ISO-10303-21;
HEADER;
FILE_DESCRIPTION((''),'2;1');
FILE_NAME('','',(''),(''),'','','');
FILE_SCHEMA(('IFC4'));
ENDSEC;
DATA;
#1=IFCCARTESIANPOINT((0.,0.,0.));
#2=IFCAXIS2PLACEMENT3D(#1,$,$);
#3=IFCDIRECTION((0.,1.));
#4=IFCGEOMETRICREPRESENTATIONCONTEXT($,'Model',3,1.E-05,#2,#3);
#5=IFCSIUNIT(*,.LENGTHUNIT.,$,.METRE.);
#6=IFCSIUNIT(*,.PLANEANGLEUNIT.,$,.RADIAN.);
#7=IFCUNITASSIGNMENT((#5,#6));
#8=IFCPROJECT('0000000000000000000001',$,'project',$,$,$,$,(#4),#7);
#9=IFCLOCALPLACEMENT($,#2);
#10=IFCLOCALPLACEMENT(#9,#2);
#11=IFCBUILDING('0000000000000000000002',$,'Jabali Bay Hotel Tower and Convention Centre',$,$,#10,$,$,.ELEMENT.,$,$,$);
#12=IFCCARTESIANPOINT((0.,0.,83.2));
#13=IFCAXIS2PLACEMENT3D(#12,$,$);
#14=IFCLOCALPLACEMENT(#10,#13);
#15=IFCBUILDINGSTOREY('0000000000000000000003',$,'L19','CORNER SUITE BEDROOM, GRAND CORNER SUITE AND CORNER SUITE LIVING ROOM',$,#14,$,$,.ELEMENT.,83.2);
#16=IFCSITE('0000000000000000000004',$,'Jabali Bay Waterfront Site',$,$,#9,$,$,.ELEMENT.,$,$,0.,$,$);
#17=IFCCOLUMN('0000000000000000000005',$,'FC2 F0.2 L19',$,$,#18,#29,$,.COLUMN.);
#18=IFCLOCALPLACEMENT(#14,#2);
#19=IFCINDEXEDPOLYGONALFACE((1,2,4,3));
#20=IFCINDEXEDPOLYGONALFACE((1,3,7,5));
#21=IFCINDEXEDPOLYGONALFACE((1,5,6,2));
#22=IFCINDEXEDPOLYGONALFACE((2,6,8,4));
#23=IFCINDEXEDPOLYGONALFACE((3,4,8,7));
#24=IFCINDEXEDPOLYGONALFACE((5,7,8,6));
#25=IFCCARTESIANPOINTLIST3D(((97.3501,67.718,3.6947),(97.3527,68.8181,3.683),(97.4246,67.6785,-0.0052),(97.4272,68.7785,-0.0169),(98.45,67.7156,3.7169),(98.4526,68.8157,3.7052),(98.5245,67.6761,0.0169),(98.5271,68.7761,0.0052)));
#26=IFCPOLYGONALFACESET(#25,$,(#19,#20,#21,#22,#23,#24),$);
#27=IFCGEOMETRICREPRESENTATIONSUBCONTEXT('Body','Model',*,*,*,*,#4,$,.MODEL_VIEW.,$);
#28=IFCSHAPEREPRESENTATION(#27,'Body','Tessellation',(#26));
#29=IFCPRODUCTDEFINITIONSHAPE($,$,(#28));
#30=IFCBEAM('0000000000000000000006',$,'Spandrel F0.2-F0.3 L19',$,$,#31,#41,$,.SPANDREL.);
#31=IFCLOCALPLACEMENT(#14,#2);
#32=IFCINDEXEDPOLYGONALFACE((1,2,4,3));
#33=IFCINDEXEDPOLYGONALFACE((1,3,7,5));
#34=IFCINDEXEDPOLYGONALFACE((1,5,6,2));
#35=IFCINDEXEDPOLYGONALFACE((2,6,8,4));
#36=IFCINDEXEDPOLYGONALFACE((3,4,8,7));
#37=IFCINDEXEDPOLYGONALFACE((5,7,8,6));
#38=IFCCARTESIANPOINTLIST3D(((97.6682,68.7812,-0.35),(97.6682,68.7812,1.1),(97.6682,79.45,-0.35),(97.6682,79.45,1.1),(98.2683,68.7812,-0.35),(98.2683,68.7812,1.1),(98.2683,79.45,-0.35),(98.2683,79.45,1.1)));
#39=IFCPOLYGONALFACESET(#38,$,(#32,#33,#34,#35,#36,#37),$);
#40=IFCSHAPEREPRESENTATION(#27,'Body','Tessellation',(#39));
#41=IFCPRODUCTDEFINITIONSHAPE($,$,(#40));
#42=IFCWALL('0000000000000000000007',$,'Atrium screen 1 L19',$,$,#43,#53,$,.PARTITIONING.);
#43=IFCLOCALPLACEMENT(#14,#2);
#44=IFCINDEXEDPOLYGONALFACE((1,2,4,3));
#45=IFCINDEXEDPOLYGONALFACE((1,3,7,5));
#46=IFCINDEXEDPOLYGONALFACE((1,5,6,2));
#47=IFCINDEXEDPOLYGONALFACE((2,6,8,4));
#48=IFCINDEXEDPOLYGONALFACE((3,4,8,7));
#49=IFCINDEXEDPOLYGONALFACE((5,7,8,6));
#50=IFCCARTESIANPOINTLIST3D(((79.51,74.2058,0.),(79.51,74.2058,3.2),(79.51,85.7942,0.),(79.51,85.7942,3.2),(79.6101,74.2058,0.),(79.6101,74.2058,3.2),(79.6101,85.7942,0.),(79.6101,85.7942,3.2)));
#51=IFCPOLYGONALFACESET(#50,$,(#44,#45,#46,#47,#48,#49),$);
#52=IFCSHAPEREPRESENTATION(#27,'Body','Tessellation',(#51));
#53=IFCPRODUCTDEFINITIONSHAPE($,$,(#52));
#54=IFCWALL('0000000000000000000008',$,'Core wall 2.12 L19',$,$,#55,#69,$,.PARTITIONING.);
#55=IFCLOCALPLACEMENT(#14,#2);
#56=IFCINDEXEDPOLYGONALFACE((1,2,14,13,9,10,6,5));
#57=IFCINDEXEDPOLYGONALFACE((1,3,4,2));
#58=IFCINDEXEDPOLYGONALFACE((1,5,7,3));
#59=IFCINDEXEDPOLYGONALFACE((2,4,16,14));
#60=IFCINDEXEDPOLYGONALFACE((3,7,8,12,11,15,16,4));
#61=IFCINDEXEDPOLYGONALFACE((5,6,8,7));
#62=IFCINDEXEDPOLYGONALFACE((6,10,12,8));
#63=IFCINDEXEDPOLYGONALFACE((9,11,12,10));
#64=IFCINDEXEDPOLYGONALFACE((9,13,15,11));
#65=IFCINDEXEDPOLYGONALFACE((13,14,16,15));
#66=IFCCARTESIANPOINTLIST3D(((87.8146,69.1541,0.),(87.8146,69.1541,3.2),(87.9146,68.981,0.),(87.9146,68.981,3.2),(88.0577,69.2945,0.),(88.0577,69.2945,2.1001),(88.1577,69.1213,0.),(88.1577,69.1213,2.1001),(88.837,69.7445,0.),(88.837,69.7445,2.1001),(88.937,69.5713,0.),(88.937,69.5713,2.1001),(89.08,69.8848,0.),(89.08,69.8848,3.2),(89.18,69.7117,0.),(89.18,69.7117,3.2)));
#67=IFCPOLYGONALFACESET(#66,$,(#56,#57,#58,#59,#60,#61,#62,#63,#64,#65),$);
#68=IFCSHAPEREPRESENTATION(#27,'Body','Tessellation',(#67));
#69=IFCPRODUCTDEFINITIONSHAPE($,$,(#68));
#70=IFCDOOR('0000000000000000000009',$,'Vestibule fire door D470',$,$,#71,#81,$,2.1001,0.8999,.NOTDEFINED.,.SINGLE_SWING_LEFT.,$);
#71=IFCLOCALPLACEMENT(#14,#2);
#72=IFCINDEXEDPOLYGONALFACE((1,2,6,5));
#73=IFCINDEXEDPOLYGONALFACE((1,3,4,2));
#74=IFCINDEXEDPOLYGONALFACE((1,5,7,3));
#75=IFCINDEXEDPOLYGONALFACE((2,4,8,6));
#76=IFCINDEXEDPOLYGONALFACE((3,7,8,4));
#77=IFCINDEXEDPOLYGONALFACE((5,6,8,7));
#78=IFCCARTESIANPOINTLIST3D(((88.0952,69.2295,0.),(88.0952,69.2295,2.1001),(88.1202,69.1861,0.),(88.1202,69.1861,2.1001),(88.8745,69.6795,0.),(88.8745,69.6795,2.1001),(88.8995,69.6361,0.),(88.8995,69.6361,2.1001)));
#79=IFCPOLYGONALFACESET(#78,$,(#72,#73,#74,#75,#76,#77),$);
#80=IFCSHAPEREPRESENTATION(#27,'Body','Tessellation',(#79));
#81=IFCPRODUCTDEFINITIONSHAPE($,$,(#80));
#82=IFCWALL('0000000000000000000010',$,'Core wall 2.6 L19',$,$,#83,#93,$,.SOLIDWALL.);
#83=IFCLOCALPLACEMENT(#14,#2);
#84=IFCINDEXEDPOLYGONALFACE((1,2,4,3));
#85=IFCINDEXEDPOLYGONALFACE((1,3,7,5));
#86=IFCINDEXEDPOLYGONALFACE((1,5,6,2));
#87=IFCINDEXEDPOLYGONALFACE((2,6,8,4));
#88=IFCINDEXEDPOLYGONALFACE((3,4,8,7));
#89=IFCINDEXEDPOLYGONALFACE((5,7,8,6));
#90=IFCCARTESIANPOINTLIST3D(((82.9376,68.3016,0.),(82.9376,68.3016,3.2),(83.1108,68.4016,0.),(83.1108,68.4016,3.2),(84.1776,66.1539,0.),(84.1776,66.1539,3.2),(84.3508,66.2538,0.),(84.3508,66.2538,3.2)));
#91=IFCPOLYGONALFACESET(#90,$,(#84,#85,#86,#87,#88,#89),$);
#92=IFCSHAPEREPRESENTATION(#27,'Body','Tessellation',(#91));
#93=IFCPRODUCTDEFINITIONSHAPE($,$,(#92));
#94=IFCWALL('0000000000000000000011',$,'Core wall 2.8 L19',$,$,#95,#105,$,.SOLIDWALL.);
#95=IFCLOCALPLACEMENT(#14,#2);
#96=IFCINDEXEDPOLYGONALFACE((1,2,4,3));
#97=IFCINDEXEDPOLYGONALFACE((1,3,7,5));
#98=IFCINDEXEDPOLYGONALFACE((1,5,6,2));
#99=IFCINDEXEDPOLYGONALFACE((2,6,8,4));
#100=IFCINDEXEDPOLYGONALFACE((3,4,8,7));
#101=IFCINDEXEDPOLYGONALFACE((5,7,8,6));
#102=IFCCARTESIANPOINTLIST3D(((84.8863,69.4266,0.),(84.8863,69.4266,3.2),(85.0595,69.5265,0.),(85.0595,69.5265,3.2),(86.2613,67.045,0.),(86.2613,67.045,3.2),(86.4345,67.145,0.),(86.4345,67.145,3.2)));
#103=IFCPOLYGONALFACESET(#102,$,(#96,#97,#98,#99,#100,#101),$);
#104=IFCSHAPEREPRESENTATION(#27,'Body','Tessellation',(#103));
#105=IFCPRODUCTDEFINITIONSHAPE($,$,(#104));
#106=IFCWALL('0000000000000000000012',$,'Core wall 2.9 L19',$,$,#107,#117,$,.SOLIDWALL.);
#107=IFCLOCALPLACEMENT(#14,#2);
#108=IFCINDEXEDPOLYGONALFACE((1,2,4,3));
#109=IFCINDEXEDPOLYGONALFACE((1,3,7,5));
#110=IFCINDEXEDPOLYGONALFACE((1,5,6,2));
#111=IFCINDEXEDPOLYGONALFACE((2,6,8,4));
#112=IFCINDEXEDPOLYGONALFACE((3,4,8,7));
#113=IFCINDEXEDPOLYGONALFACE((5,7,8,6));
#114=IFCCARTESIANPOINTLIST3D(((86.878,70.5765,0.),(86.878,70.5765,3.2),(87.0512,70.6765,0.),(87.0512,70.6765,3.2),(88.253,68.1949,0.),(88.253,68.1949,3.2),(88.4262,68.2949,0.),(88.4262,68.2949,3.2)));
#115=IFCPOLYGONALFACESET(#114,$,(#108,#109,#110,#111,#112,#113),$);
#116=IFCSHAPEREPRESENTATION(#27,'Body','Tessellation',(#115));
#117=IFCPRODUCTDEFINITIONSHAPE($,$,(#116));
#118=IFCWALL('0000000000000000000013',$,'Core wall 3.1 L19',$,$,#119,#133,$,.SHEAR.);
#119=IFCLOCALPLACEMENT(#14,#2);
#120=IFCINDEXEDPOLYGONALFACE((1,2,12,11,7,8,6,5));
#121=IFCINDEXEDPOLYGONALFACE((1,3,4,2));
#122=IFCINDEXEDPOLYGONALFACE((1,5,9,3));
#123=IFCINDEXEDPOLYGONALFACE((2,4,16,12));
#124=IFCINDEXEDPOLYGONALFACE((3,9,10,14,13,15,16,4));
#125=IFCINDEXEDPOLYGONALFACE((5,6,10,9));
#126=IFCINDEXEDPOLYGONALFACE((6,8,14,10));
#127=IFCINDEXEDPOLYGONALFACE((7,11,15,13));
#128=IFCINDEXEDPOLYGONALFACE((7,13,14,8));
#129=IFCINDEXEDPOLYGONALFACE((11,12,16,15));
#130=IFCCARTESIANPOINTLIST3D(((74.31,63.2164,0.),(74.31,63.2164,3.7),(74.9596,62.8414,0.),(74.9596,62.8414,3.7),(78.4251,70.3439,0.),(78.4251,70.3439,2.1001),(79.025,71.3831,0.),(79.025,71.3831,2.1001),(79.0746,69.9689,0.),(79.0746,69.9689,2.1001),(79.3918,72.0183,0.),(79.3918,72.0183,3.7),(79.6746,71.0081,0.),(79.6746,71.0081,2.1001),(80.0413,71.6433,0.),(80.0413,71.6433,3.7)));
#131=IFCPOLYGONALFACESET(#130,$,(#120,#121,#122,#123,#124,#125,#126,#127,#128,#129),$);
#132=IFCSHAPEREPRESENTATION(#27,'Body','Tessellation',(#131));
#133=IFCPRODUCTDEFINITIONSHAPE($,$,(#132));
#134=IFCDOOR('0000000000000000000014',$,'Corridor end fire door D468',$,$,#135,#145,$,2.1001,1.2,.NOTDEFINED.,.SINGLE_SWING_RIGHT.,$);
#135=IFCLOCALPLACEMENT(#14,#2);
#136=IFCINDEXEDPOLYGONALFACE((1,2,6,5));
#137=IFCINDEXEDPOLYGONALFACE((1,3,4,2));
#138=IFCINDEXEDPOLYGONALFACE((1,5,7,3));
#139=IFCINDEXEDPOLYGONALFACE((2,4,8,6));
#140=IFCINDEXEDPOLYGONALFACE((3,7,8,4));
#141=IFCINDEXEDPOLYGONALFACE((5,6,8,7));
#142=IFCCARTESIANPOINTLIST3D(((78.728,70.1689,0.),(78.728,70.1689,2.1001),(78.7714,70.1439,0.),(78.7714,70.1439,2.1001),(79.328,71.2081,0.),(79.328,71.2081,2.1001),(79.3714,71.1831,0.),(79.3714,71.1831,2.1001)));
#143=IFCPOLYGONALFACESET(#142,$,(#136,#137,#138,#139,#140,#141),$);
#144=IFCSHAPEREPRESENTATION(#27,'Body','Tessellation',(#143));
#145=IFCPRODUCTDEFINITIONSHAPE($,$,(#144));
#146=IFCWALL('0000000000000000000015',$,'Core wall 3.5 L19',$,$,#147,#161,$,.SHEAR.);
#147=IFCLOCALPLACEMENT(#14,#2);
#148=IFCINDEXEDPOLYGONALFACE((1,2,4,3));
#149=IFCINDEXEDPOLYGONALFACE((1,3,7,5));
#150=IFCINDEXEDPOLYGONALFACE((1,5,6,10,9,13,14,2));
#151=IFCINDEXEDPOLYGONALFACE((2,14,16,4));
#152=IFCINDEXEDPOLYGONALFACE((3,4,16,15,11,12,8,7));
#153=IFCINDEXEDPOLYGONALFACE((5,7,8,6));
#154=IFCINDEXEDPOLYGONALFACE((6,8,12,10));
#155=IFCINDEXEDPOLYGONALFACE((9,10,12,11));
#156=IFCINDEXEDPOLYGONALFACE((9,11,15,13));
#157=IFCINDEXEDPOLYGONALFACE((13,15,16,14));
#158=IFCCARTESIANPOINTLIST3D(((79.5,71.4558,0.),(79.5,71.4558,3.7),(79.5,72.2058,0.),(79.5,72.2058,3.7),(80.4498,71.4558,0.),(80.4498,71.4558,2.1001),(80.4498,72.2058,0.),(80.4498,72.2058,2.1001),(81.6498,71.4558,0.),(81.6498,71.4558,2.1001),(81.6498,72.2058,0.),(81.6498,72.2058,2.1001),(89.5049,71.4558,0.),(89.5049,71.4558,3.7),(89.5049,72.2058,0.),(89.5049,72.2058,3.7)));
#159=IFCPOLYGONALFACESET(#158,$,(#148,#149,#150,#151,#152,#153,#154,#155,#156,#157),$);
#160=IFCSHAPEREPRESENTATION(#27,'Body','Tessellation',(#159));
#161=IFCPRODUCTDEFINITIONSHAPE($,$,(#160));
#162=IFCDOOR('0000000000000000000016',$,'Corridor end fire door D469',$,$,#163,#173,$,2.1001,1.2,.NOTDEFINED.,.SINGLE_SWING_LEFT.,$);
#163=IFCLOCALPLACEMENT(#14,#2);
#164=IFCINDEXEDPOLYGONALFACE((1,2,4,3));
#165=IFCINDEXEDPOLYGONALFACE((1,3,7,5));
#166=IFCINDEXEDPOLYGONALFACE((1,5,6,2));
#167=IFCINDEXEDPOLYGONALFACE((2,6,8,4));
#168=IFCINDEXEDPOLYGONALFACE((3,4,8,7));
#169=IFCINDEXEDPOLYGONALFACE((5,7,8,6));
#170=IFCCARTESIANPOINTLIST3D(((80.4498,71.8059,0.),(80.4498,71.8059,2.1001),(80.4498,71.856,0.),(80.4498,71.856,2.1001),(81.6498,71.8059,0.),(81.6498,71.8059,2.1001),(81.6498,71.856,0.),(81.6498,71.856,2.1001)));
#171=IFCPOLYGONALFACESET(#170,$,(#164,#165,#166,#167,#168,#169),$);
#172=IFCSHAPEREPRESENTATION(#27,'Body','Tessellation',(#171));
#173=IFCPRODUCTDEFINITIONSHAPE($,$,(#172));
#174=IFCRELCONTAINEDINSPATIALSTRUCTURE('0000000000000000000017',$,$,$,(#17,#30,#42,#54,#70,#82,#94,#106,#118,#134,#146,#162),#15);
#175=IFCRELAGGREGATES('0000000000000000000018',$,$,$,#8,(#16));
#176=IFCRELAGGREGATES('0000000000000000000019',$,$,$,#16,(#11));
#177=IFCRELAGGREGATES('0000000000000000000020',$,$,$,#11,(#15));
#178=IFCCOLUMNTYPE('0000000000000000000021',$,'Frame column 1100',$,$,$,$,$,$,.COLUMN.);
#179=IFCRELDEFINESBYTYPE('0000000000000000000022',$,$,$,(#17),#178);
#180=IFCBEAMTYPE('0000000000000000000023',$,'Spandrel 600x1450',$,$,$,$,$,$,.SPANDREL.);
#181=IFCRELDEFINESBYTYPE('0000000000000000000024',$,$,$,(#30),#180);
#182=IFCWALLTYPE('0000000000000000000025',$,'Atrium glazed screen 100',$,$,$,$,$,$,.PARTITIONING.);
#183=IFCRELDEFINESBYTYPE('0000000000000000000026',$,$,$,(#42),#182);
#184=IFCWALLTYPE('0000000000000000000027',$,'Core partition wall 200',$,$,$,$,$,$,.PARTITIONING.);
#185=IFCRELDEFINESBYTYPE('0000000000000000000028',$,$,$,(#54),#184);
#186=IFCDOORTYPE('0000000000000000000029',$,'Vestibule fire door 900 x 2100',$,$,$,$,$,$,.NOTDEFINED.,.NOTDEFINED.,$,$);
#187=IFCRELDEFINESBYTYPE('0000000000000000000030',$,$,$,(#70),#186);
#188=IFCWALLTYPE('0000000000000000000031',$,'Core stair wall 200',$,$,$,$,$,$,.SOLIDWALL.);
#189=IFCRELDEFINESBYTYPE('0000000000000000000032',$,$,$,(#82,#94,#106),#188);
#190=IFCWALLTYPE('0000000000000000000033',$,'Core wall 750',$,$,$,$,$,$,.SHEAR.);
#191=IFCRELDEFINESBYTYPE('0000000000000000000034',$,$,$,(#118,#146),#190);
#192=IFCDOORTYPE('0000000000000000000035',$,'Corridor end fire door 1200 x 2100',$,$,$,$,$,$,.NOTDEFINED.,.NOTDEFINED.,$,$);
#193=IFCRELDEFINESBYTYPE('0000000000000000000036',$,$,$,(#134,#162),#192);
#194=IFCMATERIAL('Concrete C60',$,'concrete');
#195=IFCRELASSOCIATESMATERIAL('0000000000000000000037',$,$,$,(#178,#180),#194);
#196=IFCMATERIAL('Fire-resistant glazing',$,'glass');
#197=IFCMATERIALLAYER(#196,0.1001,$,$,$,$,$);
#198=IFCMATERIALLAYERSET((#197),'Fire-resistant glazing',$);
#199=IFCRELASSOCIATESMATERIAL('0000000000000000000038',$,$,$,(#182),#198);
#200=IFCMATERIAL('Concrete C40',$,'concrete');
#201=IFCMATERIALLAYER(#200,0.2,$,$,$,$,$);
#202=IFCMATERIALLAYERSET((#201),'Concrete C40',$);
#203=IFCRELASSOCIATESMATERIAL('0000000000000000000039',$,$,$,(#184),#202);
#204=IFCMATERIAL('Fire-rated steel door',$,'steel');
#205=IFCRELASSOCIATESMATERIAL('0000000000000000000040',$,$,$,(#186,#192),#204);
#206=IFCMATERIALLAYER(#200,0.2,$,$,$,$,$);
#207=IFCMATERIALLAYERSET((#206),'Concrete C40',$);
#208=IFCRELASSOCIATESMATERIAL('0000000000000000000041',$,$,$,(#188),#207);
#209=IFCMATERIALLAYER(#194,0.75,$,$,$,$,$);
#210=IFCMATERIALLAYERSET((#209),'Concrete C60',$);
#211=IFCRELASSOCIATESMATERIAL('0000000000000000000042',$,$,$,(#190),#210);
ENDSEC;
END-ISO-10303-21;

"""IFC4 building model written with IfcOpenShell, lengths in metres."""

from ifc_helpers import new_model, si_unit, direction, frame, frame_2d, origin, origin_2d, place, context, subcontext, project, spatial, rectangle, extrude, material, layer, layer_set, material_profile, profile_set, type_object, element, fill, save


model = new_model("IFC4")

# Units and contexts
model_context = context("Model", 3, precision=1e-05, world=origin(), true_north=direction((0.0, 1.0)))
body_context = subcontext(model_context, "Body", "Model", "MODEL_VIEW")
ifc_project = project(units=[si_unit("LENGTHUNIT", "METRE"), si_unit("PLANEANGLEUNIT", "RADIAN")], contexts=[model_context])

# Site, building, storey
site_placement = place(None, origin())
site = spatial("IfcSite", under=ifc_project, at=site_placement, Name="Jabali Bay Waterfront Site", CompositionType="ELEMENT", RefElevation=0.0)
building_placement = place(site_placement, origin())
building = spatial("IfcBuilding", under=site, at=building_placement, Name="Jabali Bay Hotel Tower and Convention Centre", CompositionType="ELEMENT")
storey_placement = place(building_placement, frame((0.0, 0.0, 83.2)))
storey = spatial("IfcBuildingStorey", under=building, at=storey_placement, Name="L19", Description="CORNER SUITE BEDROOM, GRAND CORNER SUITE AND CORNER SUITE LIVING ROOM", CompositionType="ELEMENT", Elevation=83.2)

# Column
ifc_material_1 = material(Name="Concrete C60", Category="concrete")
ifc_material_profile_1 = material_profile(ifc_material_1, rectangle(XDim=1.1001, YDim=1.1001, at=origin_2d()), Name="Frame column 1100")
ifc_profile_set_1 = profile_set([ifc_material_profile_1], Name="Concrete C60")
column_type = type_object("IfcColumnType", Name="Frame column 1100", PredefinedType="COLUMN", material=ifc_profile_set_1)
column_placement = place(storey_placement, frame((97.9758, 68.2273, 0.0), z_axis=(-0.02012, 0.010687, 0.99974), x_axis=(-0.002378, -0.999941, 0.010641)))
element("IfcColumn", 1, at=column_placement, inside=storey, type_object=column_type, Name="FC2 F0.2 L19", PredefinedType="COLUMN", context=body_context, shape_type="SweptSolid", body=[
    extrude(rectangle(XDim=1.1001, YDim=1.1001, at=origin_2d()), origin(), (0.0, 0.0, 1.0), 3.7009),
])

# Beam
ifc_material_profile_2 = material_profile(ifc_material_1, rectangle(XDim=0.6001, YDim=1.45, at=origin_2d()), Name="Spandrel 600x1450")
ifc_profile_set_2 = profile_set([ifc_material_profile_2], Name="Concrete C60")
beam_type = type_object("IfcBeamType", Name="Spandrel 600x1450", PredefinedType="SPANDREL", material=ifc_profile_set_2)
beam_placement = place(storey_placement, frame((97.9683, 68.7812, 0.375), z_axis=(0.0, 1.0, 0.0), x_axis=(-1.0, 0.0, 0.0)))
element("IfcBeam", 2, at=beam_placement, inside=storey, type_object=beam_type, Name="Spandrel F0.2-F0.3 L19", PredefinedType="SPANDREL", context=body_context, shape_type="SweptSolid", body=[
    extrude(rectangle(XDim=0.6001, YDim=1.45, at=origin_2d()), origin(), (0.0, 0.0, 1.0), 10.6687),
])

# Wall
ifc_material_2 = material(Name="Fire-resistant glazing", Category="glass")
ifc_layer_1 = layer(ifc_material_2, 0.1001)
ifc_layer_set_1 = layer_set([ifc_layer_1], Name="Fire-resistant glazing")
wall_type_1 = type_object("IfcWallType", Name="Atrium glazed screen 100", PredefinedType="PARTITIONING", material=ifc_layer_set_1)
wall_1_placement = place(storey_placement, frame((79.5601, 74.2058, 0.0), z_axis=(0.0, 0.0, 1.0), x_axis=(0.0, 1.0, 0.0)))
element("IfcWall", 3, at=wall_1_placement, inside=storey, type_object=wall_type_1, Name="Atrium screen 1 L19", PredefinedType="PARTITIONING", context=body_context, shape_type="SweptSolid", body=[
    extrude(rectangle(XDim=11.5884, YDim=0.1001, at=frame_2d((5.7942, 0.0))), origin(), (0.0, 0.0, 1.0), 3.2),
])

# Wall, opening, door
ifc_material_3 = material(Name="Concrete C40", Category="concrete")
ifc_layer_2 = layer(ifc_material_3, 0.2)
ifc_layer_set_2 = layer_set([ifc_layer_2], Name="Concrete C40")
wall_type_2 = type_object("IfcWallType", Name="Core partition wall 200", PredefinedType="PARTITIONING", material=ifc_layer_set_2)
wall_2_placement = place(storey_placement, frame((87.8647, 69.0676, 0.0), z_axis=(0.0, 0.0, 1.0), x_axis=(0.865982, 0.500074, 0.0)))
wall_2 = element("IfcWall", 4, at=wall_2_placement, inside=storey, type_object=wall_type_2, Name="Core wall 2.12 L19", PredefinedType="PARTITIONING", context=body_context, shape_type="SweptSolid", body=[
    extrude(rectangle(XDim=1.4612, YDim=0.2, at=frame_2d((0.7305, 0.0))), origin(), (0.0, 0.0, 1.0), 3.2),
])
opening_1_placement = place(wall_2_placement, frame((0.2805, 0.0, 0.0)))
opening_1 = element("IfcOpeningElement", 5, at=opening_1_placement, cuts=wall_2, PredefinedType="OPENING", context=body_context, shape_type="SweptSolid", body=[
    extrude(rectangle(XDim=0.8999, YDim=2.1001, at=frame_2d((0.45, 1.05))), frame((0.0, 0.1104, 0.0), z_axis=(0.0, -1.0, 0.0), x_axis=(1.0, 0.0, 0.0)), (0.0, 0.0, 1.0), 0.2209),
])
ifc_material_4 = material(Name="Fire-rated steel door", Category="steel")
door_type_1 = type_object("IfcDoorType", Name="Vestibule fire door 900 x 2100", OperationType="NOTDEFINED", PredefinedType="NOTDEFINED", material=ifc_material_4)
door_1_placement = place(opening_1_placement, origin())
door_1 = element("IfcDoor", 6, at=door_1_placement, inside=storey, type_object=door_type_1, Name="Vestibule fire door D470", OperationType="SINGLE_SWING_LEFT", OverallHeight=2.1001, OverallWidth=0.8999, PredefinedType="NOTDEFINED", context=body_context, shape_type="SweptSolid", body=[
    extrude(rectangle(XDim=0.8999, YDim=2.1001, at=frame_2d((0.45, 1.05))), frame((0.0, 0.0249, 0.0), z_axis=(0.0, -1.0, 0.0), x_axis=(1.0, 0.0, 0.0)), (0.0, 0.0, 1.0), 0.05),
])
fill(opening_1, door_1)

# Walls
ifc_layer_3 = layer(ifc_material_3, 0.2)
ifc_layer_set_3 = layer_set([ifc_layer_3], Name="Concrete C40")
wall_type_3 = type_object("IfcWallType", Name="Core stair wall 200", PredefinedType="SOLIDWALL", material=ifc_layer_set_3)
wall_3_placement = place(storey_placement, frame((83.0242, 68.3516, 0.0), z_axis=(0.0, 0.0, 1.0), x_axis=(0.500004, -0.866023, 0.0)))
element("IfcWall", 7, at=wall_3_placement, inside=storey, type_object=wall_type_3, Name="Core wall 2.6 L19", PredefinedType="SOLIDWALL", context=body_context, shape_type="SweptSolid", body=[
    extrude(rectangle(XDim=2.48, YDim=0.2, at=frame_2d((1.24, 0.0))), origin(), (0.0, 0.0, 1.0), 3.2),
])
for number, where, z_axis, x_axis, name in (
    (8, (84.9729, 69.4766, 0.0), (0.0, 0.0, 1.0), (0.499997, -0.866027, 0.0), "Core wall 2.8 L19"),
    (9, (86.9646, 70.6265, 0.0), (0.0, 0.0, 1.0), (0.499997, -0.866027, 0.0), "Core wall 2.9 L19"),
):
    element("IfcWall", number, at=place(storey_placement, frame(where, z_axis=z_axis, x_axis=x_axis)), inside=storey, type_object=wall_type_3, Name=name, PredefinedType="SOLIDWALL", context=body_context, shape_type="SweptSolid", body=[
        extrude(rectangle(XDim=2.75, YDim=0.2, at=frame_2d((1.375, 0.0))), origin(), (0.0, 0.0, 1.0), 3.2),
    ])

# Walls, openings, doors
ifc_layer_4 = layer(ifc_material_1, 0.75)
ifc_layer_set_4 = layer_set([ifc_layer_4], Name="Concrete C60")
wall_type_4 = type_object("IfcWallType", Name="Core wall 750", PredefinedType="SHEAR", material=ifc_layer_set_4)
wall_4_placement = place(storey_placement, frame((79.7166, 71.8308, 0.0), z_axis=(0.0, 0.0, 1.0), x_axis=(-0.499996, -0.866028, 0.0)))
wall_4 = element("IfcWall", 10, at=wall_4_placement, inside=storey, type_object=wall_type_4, Name="Core wall 3.1 L19", PredefinedType="SHEAR", context=body_context, shape_type="SweptSolid", body=[
    extrude(rectangle(XDim=10.1636, YDim=0.75, at=frame_2d((5.0818, 0.0))), origin(), (0.0, 0.0, 1.0), 3.7),
])
opening_2_placement = place(wall_4_placement, frame((0.7334, 0.0, 0.0)))
opening_2 = element("IfcOpeningElement", 11, at=opening_2_placement, cuts=wall_4, PredefinedType="OPENING", context=body_context, shape_type="SweptSolid", body=[
    extrude(rectangle(XDim=1.2, YDim=2.1001, at=frame_2d((0.6001, 1.05))), frame((0.0, 0.3855, 0.0), z_axis=(0.0, -1.0, 0.0), x_axis=(1.0, 0.0, 0.0)), (0.0, 0.0, 1.0), 0.771),
])
door_type_2 = type_object("IfcDoorType", Name="Corridor end fire door 1200 x 2100", OperationType="NOTDEFINED", PredefinedType="NOTDEFINED", material=ifc_material_4)
door_2_placement = place(opening_2_placement, origin())
door_2 = element("IfcDoor", 12, at=door_2_placement, inside=storey, type_object=door_type_2, Name="Corridor end fire door D468", OperationType="SINGLE_SWING_RIGHT", OverallHeight=2.1001, OverallWidth=1.2, PredefinedType="NOTDEFINED", context=body_context, shape_type="SweptSolid", body=[
    extrude(rectangle(XDim=1.2, YDim=2.1001, at=frame_2d((0.6001, 1.05))), frame((0.0, 0.0249, 0.0), z_axis=(0.0, -1.0, 0.0), x_axis=(1.0, 0.0, 0.0)), (0.0, 0.0, 1.0), 0.05),
])
fill(opening_2, door_2)
wall_5_placement = place(storey_placement, frame((89.5049, 71.8308, 0.0), z_axis=(0.0, 0.0, 1.0), x_axis=(-1.0, 0.0, 0.0)))
wall_5 = element("IfcWall", 13, at=wall_5_placement, inside=storey, type_object=wall_type_4, Name="Core wall 3.5 L19", PredefinedType="SHEAR", context=body_context, shape_type="SweptSolid", body=[
    extrude(rectangle(XDim=10.0049, YDim=0.75, at=frame_2d((5.0024, 0.0))), origin(), (0.0, 0.0, 1.0), 3.7),
])
opening_3_placement = place(wall_5_placement, frame((7.855, 0.0, 0.0)))
opening_3 = element("IfcOpeningElement", 14, at=opening_3_placement, cuts=wall_5, PredefinedType="OPENING", context=body_context, shape_type="SweptSolid", body=[
    extrude(rectangle(XDim=1.2, YDim=2.1001, at=frame_2d((0.6001, 1.05))), frame((0.0, 0.3855, 0.0), z_axis=(0.0, -1.0, 0.0), x_axis=(1.0, 0.0, 0.0)), (0.0, 0.0, 1.0), 0.771),
])
door_3_placement = place(opening_3_placement, origin())
door_3 = element("IfcDoor", 15, at=door_3_placement, inside=storey, type_object=door_type_2, Name="Corridor end fire door D469", OperationType="SINGLE_SWING_LEFT", OverallHeight=2.1001, OverallWidth=1.2, PredefinedType="NOTDEFINED", context=body_context, shape_type="SweptSolid", body=[
    extrude(rectangle(XDim=1.2, YDim=2.1001, at=frame_2d((0.6001, 1.05))), frame((0.0, 0.0249, 0.0), z_axis=(0.0, -1.0, 0.0), x_axis=(1.0, 0.0, 0.0)), (0.0, 0.0, 1.0), 0.05),
])
fill(opening_3, door_3)

save(model, "model.ifc")
